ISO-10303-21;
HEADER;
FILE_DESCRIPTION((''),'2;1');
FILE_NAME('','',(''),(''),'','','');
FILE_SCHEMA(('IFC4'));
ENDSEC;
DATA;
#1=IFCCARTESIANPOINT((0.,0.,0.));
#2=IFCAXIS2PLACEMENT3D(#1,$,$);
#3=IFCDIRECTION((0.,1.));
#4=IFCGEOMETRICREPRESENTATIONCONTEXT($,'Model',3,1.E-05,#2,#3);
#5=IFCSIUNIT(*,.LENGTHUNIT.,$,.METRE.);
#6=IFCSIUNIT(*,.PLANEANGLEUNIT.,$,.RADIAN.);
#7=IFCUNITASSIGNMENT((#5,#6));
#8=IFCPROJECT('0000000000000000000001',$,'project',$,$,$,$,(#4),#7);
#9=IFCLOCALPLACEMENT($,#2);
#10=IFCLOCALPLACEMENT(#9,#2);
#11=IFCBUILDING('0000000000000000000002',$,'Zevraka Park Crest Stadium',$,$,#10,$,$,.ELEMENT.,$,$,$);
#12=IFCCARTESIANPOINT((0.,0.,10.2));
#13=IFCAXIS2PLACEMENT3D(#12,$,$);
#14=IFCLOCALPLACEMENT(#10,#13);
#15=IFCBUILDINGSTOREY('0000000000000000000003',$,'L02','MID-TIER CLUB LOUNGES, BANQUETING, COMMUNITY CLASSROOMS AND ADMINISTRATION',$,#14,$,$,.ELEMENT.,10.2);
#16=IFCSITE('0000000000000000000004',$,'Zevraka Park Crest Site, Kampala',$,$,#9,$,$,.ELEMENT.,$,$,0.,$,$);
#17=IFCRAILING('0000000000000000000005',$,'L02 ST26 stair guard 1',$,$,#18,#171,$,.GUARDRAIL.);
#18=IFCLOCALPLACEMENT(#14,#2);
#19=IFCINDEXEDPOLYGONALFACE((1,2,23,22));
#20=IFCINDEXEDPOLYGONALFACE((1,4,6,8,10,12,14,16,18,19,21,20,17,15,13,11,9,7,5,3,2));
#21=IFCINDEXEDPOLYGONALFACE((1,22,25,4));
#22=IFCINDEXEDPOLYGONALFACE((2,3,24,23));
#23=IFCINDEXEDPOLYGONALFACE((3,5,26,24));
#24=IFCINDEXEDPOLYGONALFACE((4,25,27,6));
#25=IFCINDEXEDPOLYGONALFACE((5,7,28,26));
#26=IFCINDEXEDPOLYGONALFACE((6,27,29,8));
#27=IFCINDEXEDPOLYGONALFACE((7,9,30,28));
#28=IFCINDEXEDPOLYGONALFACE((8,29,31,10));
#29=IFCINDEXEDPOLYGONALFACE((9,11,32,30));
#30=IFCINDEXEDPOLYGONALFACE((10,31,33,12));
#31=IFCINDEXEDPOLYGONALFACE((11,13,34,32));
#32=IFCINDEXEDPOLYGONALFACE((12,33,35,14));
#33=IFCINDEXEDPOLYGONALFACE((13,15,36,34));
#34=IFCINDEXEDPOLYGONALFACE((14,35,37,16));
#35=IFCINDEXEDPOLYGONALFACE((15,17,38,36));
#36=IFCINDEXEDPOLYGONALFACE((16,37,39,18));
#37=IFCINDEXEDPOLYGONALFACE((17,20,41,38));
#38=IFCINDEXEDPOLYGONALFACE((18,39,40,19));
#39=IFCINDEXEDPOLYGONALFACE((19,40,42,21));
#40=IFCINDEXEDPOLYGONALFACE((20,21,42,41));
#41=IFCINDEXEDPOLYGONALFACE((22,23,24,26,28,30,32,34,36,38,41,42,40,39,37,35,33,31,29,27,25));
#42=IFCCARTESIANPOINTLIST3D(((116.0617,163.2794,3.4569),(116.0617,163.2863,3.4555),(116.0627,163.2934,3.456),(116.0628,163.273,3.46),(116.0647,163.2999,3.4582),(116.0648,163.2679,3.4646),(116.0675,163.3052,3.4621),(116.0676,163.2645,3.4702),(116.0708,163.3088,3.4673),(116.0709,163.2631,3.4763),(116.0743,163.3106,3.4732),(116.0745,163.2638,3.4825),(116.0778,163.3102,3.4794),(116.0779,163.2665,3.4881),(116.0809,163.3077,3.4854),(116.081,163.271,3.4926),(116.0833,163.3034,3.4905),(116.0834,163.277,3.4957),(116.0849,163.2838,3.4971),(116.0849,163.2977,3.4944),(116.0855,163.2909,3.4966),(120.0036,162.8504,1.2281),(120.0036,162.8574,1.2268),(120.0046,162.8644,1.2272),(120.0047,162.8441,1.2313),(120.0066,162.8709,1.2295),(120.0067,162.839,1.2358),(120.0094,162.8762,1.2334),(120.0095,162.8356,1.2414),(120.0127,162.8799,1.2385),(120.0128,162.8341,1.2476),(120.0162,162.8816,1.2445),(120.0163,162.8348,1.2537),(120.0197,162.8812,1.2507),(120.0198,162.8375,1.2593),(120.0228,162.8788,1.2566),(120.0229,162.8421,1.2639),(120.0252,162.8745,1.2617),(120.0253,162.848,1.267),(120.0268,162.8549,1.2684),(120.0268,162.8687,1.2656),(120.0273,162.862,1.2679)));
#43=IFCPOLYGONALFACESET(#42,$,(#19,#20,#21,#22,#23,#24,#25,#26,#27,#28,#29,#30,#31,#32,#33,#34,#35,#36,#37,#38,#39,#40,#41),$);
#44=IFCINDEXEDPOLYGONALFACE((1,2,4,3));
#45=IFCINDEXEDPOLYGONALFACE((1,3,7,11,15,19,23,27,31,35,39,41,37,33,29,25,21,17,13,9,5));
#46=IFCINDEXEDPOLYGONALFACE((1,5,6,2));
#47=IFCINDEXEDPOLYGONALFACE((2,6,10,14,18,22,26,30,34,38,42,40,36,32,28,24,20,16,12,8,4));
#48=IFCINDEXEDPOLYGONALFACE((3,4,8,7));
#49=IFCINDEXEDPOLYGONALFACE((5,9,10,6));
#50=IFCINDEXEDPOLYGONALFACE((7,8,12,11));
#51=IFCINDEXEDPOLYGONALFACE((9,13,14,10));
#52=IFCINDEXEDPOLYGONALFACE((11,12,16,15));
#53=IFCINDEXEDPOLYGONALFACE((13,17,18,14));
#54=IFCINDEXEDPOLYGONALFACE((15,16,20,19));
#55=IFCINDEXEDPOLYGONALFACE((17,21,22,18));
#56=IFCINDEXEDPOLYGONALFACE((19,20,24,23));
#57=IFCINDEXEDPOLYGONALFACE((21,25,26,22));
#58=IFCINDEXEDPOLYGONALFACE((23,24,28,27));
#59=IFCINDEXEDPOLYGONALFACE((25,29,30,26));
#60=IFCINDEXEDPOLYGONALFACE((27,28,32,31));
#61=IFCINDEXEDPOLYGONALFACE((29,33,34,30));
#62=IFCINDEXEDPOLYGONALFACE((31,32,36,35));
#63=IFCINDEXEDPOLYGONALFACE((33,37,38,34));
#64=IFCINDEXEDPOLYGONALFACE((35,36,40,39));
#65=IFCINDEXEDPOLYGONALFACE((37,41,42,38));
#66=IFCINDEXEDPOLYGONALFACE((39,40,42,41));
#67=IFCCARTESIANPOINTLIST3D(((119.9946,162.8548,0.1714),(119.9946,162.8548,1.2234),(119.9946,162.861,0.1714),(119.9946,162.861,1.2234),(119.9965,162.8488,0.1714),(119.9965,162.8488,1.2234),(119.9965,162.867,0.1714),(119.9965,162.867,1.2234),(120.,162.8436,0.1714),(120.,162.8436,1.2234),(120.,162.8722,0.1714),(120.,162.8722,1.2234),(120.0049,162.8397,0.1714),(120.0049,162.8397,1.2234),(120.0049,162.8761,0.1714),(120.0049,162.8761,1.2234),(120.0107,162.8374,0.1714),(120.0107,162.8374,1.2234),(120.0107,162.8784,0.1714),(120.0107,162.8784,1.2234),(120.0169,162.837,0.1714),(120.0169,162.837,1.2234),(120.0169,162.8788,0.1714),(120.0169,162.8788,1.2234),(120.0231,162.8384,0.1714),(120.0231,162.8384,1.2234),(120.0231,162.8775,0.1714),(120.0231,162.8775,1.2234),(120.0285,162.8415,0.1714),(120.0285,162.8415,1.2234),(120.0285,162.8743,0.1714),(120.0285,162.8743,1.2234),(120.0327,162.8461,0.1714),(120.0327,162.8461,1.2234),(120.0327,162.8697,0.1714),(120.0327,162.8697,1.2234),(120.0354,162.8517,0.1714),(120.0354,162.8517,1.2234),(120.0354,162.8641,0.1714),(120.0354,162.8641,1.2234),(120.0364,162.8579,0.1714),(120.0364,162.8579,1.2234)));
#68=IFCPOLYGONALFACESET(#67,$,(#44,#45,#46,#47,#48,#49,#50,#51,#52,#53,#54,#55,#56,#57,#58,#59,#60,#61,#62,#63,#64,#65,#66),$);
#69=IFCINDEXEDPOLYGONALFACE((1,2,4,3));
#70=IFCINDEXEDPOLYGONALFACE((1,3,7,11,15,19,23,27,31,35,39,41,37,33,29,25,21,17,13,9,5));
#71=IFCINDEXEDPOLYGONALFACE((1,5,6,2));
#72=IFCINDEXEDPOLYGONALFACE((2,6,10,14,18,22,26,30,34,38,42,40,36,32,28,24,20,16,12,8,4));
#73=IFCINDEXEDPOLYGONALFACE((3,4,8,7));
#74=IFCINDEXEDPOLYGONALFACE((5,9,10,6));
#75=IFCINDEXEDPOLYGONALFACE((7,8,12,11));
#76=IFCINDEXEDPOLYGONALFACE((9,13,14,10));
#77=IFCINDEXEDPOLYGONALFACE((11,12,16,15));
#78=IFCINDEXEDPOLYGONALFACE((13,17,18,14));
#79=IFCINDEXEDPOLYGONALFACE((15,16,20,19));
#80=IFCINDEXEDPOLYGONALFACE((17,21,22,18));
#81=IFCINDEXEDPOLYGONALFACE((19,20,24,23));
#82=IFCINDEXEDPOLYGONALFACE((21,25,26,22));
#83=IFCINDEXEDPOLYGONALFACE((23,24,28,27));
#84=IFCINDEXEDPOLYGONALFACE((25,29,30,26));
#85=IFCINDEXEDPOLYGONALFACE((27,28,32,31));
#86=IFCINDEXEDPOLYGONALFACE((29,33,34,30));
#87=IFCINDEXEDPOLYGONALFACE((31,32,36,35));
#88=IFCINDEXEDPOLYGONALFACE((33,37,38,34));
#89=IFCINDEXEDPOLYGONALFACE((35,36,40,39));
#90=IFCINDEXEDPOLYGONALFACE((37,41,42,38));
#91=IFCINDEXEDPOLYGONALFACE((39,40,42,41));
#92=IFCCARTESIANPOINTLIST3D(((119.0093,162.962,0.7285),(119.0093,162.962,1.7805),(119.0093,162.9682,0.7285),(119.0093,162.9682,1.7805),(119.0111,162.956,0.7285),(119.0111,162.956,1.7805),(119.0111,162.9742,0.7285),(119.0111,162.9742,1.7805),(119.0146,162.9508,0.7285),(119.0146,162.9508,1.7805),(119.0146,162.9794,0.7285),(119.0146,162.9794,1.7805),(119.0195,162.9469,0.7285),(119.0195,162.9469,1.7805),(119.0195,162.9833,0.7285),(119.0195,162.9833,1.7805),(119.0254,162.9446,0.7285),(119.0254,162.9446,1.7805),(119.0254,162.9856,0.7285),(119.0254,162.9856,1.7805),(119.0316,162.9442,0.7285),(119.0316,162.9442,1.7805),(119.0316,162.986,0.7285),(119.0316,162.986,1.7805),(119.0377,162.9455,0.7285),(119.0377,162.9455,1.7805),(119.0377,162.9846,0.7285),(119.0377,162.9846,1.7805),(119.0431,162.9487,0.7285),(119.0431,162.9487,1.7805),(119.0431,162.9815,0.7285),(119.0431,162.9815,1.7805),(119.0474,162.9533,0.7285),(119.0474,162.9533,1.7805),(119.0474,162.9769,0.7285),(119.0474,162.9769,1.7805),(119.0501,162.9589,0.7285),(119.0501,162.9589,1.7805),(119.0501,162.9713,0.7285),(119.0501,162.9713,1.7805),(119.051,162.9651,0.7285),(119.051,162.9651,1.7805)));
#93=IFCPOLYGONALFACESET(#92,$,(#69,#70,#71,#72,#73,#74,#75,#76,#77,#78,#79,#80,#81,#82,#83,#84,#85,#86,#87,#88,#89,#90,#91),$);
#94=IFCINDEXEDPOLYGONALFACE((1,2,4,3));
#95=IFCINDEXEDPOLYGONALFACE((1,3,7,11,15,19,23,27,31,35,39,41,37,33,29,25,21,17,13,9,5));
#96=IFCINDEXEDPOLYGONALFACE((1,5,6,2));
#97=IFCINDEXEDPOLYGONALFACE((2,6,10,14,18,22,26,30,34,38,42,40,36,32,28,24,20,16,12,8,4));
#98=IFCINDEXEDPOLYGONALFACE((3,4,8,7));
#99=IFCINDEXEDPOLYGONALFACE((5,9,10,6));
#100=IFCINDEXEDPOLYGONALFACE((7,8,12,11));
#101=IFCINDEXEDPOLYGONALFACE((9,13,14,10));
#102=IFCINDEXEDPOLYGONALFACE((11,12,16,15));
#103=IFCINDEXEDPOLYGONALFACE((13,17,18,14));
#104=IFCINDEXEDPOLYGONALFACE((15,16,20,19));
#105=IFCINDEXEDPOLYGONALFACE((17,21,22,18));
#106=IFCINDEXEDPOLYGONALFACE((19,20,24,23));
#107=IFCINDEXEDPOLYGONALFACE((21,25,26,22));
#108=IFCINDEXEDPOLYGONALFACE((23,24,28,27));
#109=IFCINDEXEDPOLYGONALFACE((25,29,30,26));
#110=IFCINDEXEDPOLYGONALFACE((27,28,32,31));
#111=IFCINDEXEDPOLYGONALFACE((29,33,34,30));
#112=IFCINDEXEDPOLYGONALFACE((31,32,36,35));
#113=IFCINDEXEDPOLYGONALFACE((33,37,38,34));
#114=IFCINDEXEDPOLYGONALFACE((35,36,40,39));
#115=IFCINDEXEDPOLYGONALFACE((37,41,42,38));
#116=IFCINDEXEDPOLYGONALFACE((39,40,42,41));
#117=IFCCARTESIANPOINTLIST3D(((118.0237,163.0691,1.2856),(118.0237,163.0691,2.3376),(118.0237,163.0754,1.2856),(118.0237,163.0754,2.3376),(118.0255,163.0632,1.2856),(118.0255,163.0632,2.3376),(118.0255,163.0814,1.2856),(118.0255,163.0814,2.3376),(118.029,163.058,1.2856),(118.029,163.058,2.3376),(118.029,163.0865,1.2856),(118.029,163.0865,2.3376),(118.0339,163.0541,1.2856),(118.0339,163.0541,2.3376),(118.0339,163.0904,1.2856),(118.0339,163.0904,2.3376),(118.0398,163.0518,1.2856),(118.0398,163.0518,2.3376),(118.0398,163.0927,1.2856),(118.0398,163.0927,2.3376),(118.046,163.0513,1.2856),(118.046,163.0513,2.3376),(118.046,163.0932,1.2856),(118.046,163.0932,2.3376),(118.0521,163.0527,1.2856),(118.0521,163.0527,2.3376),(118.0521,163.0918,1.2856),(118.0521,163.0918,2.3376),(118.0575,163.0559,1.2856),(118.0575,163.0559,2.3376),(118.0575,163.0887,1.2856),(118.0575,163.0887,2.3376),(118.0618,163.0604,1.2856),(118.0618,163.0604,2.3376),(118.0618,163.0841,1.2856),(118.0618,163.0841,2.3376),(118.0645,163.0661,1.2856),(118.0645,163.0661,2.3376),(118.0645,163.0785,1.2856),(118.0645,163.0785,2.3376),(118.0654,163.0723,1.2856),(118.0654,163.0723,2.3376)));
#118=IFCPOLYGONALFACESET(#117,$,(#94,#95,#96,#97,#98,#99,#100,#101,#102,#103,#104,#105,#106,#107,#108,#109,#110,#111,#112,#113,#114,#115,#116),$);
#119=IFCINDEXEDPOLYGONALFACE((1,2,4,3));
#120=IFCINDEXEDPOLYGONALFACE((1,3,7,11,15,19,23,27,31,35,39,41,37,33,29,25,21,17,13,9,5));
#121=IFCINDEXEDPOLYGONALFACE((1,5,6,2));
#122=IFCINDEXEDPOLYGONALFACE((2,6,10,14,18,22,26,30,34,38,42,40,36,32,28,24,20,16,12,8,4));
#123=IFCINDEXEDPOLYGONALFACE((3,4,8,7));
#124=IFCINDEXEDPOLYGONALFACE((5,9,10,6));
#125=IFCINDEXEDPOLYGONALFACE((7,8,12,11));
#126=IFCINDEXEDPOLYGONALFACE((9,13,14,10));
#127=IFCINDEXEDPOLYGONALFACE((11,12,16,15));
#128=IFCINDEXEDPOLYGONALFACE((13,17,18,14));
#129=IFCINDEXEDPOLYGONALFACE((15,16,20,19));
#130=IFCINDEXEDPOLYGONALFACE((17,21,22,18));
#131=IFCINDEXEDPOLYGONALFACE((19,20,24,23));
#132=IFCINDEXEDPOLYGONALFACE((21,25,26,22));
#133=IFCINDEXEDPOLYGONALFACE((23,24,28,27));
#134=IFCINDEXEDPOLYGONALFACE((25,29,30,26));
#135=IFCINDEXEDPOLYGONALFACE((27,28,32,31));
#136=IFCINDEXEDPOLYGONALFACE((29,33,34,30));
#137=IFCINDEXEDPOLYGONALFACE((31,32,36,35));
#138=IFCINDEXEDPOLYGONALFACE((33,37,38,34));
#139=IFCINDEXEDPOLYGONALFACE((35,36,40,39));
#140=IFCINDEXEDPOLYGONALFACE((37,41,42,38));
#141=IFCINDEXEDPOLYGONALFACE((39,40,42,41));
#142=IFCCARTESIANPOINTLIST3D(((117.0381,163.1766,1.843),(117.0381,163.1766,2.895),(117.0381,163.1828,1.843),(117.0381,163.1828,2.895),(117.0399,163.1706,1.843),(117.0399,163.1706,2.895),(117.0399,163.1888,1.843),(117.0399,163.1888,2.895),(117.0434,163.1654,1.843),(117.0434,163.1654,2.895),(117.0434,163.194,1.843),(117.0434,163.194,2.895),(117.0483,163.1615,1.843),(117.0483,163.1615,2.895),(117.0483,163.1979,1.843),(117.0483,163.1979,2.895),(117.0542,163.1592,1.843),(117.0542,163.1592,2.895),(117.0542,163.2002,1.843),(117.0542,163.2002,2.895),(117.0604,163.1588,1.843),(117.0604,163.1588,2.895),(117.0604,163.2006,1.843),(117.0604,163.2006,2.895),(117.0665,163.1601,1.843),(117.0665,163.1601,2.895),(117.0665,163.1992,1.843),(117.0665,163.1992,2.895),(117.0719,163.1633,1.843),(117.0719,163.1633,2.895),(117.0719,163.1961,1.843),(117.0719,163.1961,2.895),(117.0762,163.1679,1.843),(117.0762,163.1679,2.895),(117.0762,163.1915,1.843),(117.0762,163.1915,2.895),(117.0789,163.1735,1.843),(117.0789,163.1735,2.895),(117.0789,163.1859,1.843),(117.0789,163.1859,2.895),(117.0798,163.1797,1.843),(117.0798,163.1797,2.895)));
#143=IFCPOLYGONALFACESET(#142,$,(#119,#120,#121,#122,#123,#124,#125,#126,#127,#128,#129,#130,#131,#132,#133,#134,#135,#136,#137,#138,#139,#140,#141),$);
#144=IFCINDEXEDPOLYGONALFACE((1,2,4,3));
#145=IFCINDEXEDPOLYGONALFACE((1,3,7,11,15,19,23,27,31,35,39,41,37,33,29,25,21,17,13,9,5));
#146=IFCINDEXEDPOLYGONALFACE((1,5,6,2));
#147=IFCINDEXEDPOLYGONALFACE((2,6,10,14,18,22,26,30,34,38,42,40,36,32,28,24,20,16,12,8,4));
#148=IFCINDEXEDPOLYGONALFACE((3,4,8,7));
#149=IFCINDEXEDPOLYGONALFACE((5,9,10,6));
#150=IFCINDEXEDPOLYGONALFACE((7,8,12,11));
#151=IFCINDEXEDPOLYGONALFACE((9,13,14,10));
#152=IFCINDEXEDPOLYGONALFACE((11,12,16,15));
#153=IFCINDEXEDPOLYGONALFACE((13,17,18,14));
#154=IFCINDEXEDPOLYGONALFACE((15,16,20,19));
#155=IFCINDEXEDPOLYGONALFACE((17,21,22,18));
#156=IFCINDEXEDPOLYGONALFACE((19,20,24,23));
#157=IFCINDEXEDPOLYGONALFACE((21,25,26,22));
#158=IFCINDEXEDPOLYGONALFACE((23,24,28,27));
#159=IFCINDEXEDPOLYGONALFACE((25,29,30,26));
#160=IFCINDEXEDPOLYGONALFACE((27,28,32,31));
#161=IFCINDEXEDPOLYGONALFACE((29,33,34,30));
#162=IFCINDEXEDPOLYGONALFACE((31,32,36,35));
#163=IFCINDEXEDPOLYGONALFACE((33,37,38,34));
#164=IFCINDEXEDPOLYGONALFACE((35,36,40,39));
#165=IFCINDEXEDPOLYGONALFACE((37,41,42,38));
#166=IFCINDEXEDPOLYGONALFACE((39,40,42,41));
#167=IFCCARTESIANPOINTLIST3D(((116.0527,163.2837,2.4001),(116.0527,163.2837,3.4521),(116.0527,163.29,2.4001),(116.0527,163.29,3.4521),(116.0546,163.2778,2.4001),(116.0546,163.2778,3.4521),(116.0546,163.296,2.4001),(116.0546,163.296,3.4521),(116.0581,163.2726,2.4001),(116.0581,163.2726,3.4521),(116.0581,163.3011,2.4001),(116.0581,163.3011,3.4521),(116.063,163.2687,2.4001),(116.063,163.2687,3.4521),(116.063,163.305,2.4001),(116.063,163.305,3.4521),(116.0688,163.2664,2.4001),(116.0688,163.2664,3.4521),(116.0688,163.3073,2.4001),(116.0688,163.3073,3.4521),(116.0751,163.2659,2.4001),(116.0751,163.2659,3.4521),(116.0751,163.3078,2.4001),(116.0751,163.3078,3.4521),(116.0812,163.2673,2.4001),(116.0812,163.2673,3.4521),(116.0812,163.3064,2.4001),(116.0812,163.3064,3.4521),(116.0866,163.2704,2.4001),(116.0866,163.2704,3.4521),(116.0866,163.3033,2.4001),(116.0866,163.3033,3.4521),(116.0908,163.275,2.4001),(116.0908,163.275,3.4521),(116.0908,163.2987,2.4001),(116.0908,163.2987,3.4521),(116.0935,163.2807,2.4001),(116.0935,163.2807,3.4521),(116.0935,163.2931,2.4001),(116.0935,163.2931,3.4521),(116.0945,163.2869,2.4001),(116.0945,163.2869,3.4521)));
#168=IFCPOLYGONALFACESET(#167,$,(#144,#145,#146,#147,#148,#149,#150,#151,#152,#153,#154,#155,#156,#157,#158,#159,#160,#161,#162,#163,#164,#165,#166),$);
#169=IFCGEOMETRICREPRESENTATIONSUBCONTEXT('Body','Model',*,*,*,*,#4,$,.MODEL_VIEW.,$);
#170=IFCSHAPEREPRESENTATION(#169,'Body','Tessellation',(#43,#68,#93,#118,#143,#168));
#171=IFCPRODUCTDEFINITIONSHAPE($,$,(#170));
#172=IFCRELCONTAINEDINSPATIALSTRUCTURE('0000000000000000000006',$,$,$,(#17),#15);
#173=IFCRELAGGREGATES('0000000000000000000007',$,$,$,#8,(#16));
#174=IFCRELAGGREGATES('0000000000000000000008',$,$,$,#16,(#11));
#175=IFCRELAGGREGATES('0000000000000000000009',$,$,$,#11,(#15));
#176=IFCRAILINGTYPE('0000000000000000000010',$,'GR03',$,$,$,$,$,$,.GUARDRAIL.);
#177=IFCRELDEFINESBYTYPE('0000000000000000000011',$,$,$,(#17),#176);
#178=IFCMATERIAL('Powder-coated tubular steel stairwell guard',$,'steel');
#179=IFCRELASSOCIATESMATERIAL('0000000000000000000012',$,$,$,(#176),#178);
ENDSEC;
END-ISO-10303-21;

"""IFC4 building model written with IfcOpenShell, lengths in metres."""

from ifc_helpers import new_model, si_unit, direction, frame, origin, origin_2d, place, context, subcontext, project, spatial, circle, extrude, material, type_object, element, save


model = new_model("IFC4")

# Units and contexts
model_context = context("Model", 3, precision=1e-05, world=origin(), true_north=direction((0.0, 1.0)))
body_context = subcontext(model_context, "Body", "Model", "MODEL_VIEW")
ifc_project = project(units=[si_unit("LENGTHUNIT", "METRE"), si_unit("PLANEANGLEUNIT", "RADIAN")], contexts=[model_context])

# Site, building, storey
site_placement = place(None, origin())
site = spatial("IfcSite", under=ifc_project, at=site_placement, Name="Zevraka Park Crest Site, Kampala", CompositionType="ELEMENT", RefElevation=0.0)
building_placement = place(site_placement, origin())
building = spatial("IfcBuilding", under=site, at=building_placement, Name="Zevraka Park Crest Stadium", CompositionType="ELEMENT")
storey_placement = place(building_placement, frame((0.0, 0.0, 10.2)))
storey = spatial("IfcBuildingStorey", under=building, at=storey_placement, Name="L02", Description="MID-TIER CLUB LOUNGES, BANQUETING, COMMUNITY CLASSROOMS AND ADMINISTRATION", CompositionType="ELEMENT", Elevation=10.2)

# Railing
ifc_material_1 = material(Name="Powder-coated tubular steel stairwell guard", Category="steel")
railing_type_1 = type_object("IfcRailingType", Name="GR03", PredefinedType="GUARDRAIL", material=ifc_material_1)
railing_1_placement = place(storey_placement, frame((120.0154, 162.8579, 0.1714)))
element("IfcRailing", 1, at=railing_1_placement, inside=storey, type_object=railing_type_1, Name="L02 ST26 stair guard 1", PredefinedType="GUARDRAIL", context=body_context, shape_type="SweptSolid", body=[
    extrude(circle(Radius=0.0239, at=origin_2d()), frame((0.0, 0.0, 1.0762), z_axis=(-0.866614, 0.094305, 0.489986), x_axis=(-0.108181, -0.994131, 0.0)), (0.0, 0.0, 1.0), 4.5486),
    extrude(circle(Radius=0.021, at=origin_2d()), origin(), (0.0, 0.0, 1.0), 1.052),
    extrude(circle(Radius=0.021, at=origin_2d()), frame((-0.9854, 0.1072, 0.5571)), (0.0, 0.0, 1.0), 1.052),
    extrude(circle(Radius=0.021, at=origin_2d()), frame((-1.9709, 0.2144, 1.1143)), (0.0, 0.0, 1.0), 1.052),
    extrude(circle(Radius=0.021, at=origin_2d()), frame((-2.9565, 0.3218, 1.6716)), (0.0, 0.0, 1.0), 1.052),
    extrude(circle(Radius=0.021, at=origin_2d()), frame((-3.9419, 0.429, 2.2288)), (0.0, 0.0, 1.0), 1.052),
])

save(model, "model.ifc")
